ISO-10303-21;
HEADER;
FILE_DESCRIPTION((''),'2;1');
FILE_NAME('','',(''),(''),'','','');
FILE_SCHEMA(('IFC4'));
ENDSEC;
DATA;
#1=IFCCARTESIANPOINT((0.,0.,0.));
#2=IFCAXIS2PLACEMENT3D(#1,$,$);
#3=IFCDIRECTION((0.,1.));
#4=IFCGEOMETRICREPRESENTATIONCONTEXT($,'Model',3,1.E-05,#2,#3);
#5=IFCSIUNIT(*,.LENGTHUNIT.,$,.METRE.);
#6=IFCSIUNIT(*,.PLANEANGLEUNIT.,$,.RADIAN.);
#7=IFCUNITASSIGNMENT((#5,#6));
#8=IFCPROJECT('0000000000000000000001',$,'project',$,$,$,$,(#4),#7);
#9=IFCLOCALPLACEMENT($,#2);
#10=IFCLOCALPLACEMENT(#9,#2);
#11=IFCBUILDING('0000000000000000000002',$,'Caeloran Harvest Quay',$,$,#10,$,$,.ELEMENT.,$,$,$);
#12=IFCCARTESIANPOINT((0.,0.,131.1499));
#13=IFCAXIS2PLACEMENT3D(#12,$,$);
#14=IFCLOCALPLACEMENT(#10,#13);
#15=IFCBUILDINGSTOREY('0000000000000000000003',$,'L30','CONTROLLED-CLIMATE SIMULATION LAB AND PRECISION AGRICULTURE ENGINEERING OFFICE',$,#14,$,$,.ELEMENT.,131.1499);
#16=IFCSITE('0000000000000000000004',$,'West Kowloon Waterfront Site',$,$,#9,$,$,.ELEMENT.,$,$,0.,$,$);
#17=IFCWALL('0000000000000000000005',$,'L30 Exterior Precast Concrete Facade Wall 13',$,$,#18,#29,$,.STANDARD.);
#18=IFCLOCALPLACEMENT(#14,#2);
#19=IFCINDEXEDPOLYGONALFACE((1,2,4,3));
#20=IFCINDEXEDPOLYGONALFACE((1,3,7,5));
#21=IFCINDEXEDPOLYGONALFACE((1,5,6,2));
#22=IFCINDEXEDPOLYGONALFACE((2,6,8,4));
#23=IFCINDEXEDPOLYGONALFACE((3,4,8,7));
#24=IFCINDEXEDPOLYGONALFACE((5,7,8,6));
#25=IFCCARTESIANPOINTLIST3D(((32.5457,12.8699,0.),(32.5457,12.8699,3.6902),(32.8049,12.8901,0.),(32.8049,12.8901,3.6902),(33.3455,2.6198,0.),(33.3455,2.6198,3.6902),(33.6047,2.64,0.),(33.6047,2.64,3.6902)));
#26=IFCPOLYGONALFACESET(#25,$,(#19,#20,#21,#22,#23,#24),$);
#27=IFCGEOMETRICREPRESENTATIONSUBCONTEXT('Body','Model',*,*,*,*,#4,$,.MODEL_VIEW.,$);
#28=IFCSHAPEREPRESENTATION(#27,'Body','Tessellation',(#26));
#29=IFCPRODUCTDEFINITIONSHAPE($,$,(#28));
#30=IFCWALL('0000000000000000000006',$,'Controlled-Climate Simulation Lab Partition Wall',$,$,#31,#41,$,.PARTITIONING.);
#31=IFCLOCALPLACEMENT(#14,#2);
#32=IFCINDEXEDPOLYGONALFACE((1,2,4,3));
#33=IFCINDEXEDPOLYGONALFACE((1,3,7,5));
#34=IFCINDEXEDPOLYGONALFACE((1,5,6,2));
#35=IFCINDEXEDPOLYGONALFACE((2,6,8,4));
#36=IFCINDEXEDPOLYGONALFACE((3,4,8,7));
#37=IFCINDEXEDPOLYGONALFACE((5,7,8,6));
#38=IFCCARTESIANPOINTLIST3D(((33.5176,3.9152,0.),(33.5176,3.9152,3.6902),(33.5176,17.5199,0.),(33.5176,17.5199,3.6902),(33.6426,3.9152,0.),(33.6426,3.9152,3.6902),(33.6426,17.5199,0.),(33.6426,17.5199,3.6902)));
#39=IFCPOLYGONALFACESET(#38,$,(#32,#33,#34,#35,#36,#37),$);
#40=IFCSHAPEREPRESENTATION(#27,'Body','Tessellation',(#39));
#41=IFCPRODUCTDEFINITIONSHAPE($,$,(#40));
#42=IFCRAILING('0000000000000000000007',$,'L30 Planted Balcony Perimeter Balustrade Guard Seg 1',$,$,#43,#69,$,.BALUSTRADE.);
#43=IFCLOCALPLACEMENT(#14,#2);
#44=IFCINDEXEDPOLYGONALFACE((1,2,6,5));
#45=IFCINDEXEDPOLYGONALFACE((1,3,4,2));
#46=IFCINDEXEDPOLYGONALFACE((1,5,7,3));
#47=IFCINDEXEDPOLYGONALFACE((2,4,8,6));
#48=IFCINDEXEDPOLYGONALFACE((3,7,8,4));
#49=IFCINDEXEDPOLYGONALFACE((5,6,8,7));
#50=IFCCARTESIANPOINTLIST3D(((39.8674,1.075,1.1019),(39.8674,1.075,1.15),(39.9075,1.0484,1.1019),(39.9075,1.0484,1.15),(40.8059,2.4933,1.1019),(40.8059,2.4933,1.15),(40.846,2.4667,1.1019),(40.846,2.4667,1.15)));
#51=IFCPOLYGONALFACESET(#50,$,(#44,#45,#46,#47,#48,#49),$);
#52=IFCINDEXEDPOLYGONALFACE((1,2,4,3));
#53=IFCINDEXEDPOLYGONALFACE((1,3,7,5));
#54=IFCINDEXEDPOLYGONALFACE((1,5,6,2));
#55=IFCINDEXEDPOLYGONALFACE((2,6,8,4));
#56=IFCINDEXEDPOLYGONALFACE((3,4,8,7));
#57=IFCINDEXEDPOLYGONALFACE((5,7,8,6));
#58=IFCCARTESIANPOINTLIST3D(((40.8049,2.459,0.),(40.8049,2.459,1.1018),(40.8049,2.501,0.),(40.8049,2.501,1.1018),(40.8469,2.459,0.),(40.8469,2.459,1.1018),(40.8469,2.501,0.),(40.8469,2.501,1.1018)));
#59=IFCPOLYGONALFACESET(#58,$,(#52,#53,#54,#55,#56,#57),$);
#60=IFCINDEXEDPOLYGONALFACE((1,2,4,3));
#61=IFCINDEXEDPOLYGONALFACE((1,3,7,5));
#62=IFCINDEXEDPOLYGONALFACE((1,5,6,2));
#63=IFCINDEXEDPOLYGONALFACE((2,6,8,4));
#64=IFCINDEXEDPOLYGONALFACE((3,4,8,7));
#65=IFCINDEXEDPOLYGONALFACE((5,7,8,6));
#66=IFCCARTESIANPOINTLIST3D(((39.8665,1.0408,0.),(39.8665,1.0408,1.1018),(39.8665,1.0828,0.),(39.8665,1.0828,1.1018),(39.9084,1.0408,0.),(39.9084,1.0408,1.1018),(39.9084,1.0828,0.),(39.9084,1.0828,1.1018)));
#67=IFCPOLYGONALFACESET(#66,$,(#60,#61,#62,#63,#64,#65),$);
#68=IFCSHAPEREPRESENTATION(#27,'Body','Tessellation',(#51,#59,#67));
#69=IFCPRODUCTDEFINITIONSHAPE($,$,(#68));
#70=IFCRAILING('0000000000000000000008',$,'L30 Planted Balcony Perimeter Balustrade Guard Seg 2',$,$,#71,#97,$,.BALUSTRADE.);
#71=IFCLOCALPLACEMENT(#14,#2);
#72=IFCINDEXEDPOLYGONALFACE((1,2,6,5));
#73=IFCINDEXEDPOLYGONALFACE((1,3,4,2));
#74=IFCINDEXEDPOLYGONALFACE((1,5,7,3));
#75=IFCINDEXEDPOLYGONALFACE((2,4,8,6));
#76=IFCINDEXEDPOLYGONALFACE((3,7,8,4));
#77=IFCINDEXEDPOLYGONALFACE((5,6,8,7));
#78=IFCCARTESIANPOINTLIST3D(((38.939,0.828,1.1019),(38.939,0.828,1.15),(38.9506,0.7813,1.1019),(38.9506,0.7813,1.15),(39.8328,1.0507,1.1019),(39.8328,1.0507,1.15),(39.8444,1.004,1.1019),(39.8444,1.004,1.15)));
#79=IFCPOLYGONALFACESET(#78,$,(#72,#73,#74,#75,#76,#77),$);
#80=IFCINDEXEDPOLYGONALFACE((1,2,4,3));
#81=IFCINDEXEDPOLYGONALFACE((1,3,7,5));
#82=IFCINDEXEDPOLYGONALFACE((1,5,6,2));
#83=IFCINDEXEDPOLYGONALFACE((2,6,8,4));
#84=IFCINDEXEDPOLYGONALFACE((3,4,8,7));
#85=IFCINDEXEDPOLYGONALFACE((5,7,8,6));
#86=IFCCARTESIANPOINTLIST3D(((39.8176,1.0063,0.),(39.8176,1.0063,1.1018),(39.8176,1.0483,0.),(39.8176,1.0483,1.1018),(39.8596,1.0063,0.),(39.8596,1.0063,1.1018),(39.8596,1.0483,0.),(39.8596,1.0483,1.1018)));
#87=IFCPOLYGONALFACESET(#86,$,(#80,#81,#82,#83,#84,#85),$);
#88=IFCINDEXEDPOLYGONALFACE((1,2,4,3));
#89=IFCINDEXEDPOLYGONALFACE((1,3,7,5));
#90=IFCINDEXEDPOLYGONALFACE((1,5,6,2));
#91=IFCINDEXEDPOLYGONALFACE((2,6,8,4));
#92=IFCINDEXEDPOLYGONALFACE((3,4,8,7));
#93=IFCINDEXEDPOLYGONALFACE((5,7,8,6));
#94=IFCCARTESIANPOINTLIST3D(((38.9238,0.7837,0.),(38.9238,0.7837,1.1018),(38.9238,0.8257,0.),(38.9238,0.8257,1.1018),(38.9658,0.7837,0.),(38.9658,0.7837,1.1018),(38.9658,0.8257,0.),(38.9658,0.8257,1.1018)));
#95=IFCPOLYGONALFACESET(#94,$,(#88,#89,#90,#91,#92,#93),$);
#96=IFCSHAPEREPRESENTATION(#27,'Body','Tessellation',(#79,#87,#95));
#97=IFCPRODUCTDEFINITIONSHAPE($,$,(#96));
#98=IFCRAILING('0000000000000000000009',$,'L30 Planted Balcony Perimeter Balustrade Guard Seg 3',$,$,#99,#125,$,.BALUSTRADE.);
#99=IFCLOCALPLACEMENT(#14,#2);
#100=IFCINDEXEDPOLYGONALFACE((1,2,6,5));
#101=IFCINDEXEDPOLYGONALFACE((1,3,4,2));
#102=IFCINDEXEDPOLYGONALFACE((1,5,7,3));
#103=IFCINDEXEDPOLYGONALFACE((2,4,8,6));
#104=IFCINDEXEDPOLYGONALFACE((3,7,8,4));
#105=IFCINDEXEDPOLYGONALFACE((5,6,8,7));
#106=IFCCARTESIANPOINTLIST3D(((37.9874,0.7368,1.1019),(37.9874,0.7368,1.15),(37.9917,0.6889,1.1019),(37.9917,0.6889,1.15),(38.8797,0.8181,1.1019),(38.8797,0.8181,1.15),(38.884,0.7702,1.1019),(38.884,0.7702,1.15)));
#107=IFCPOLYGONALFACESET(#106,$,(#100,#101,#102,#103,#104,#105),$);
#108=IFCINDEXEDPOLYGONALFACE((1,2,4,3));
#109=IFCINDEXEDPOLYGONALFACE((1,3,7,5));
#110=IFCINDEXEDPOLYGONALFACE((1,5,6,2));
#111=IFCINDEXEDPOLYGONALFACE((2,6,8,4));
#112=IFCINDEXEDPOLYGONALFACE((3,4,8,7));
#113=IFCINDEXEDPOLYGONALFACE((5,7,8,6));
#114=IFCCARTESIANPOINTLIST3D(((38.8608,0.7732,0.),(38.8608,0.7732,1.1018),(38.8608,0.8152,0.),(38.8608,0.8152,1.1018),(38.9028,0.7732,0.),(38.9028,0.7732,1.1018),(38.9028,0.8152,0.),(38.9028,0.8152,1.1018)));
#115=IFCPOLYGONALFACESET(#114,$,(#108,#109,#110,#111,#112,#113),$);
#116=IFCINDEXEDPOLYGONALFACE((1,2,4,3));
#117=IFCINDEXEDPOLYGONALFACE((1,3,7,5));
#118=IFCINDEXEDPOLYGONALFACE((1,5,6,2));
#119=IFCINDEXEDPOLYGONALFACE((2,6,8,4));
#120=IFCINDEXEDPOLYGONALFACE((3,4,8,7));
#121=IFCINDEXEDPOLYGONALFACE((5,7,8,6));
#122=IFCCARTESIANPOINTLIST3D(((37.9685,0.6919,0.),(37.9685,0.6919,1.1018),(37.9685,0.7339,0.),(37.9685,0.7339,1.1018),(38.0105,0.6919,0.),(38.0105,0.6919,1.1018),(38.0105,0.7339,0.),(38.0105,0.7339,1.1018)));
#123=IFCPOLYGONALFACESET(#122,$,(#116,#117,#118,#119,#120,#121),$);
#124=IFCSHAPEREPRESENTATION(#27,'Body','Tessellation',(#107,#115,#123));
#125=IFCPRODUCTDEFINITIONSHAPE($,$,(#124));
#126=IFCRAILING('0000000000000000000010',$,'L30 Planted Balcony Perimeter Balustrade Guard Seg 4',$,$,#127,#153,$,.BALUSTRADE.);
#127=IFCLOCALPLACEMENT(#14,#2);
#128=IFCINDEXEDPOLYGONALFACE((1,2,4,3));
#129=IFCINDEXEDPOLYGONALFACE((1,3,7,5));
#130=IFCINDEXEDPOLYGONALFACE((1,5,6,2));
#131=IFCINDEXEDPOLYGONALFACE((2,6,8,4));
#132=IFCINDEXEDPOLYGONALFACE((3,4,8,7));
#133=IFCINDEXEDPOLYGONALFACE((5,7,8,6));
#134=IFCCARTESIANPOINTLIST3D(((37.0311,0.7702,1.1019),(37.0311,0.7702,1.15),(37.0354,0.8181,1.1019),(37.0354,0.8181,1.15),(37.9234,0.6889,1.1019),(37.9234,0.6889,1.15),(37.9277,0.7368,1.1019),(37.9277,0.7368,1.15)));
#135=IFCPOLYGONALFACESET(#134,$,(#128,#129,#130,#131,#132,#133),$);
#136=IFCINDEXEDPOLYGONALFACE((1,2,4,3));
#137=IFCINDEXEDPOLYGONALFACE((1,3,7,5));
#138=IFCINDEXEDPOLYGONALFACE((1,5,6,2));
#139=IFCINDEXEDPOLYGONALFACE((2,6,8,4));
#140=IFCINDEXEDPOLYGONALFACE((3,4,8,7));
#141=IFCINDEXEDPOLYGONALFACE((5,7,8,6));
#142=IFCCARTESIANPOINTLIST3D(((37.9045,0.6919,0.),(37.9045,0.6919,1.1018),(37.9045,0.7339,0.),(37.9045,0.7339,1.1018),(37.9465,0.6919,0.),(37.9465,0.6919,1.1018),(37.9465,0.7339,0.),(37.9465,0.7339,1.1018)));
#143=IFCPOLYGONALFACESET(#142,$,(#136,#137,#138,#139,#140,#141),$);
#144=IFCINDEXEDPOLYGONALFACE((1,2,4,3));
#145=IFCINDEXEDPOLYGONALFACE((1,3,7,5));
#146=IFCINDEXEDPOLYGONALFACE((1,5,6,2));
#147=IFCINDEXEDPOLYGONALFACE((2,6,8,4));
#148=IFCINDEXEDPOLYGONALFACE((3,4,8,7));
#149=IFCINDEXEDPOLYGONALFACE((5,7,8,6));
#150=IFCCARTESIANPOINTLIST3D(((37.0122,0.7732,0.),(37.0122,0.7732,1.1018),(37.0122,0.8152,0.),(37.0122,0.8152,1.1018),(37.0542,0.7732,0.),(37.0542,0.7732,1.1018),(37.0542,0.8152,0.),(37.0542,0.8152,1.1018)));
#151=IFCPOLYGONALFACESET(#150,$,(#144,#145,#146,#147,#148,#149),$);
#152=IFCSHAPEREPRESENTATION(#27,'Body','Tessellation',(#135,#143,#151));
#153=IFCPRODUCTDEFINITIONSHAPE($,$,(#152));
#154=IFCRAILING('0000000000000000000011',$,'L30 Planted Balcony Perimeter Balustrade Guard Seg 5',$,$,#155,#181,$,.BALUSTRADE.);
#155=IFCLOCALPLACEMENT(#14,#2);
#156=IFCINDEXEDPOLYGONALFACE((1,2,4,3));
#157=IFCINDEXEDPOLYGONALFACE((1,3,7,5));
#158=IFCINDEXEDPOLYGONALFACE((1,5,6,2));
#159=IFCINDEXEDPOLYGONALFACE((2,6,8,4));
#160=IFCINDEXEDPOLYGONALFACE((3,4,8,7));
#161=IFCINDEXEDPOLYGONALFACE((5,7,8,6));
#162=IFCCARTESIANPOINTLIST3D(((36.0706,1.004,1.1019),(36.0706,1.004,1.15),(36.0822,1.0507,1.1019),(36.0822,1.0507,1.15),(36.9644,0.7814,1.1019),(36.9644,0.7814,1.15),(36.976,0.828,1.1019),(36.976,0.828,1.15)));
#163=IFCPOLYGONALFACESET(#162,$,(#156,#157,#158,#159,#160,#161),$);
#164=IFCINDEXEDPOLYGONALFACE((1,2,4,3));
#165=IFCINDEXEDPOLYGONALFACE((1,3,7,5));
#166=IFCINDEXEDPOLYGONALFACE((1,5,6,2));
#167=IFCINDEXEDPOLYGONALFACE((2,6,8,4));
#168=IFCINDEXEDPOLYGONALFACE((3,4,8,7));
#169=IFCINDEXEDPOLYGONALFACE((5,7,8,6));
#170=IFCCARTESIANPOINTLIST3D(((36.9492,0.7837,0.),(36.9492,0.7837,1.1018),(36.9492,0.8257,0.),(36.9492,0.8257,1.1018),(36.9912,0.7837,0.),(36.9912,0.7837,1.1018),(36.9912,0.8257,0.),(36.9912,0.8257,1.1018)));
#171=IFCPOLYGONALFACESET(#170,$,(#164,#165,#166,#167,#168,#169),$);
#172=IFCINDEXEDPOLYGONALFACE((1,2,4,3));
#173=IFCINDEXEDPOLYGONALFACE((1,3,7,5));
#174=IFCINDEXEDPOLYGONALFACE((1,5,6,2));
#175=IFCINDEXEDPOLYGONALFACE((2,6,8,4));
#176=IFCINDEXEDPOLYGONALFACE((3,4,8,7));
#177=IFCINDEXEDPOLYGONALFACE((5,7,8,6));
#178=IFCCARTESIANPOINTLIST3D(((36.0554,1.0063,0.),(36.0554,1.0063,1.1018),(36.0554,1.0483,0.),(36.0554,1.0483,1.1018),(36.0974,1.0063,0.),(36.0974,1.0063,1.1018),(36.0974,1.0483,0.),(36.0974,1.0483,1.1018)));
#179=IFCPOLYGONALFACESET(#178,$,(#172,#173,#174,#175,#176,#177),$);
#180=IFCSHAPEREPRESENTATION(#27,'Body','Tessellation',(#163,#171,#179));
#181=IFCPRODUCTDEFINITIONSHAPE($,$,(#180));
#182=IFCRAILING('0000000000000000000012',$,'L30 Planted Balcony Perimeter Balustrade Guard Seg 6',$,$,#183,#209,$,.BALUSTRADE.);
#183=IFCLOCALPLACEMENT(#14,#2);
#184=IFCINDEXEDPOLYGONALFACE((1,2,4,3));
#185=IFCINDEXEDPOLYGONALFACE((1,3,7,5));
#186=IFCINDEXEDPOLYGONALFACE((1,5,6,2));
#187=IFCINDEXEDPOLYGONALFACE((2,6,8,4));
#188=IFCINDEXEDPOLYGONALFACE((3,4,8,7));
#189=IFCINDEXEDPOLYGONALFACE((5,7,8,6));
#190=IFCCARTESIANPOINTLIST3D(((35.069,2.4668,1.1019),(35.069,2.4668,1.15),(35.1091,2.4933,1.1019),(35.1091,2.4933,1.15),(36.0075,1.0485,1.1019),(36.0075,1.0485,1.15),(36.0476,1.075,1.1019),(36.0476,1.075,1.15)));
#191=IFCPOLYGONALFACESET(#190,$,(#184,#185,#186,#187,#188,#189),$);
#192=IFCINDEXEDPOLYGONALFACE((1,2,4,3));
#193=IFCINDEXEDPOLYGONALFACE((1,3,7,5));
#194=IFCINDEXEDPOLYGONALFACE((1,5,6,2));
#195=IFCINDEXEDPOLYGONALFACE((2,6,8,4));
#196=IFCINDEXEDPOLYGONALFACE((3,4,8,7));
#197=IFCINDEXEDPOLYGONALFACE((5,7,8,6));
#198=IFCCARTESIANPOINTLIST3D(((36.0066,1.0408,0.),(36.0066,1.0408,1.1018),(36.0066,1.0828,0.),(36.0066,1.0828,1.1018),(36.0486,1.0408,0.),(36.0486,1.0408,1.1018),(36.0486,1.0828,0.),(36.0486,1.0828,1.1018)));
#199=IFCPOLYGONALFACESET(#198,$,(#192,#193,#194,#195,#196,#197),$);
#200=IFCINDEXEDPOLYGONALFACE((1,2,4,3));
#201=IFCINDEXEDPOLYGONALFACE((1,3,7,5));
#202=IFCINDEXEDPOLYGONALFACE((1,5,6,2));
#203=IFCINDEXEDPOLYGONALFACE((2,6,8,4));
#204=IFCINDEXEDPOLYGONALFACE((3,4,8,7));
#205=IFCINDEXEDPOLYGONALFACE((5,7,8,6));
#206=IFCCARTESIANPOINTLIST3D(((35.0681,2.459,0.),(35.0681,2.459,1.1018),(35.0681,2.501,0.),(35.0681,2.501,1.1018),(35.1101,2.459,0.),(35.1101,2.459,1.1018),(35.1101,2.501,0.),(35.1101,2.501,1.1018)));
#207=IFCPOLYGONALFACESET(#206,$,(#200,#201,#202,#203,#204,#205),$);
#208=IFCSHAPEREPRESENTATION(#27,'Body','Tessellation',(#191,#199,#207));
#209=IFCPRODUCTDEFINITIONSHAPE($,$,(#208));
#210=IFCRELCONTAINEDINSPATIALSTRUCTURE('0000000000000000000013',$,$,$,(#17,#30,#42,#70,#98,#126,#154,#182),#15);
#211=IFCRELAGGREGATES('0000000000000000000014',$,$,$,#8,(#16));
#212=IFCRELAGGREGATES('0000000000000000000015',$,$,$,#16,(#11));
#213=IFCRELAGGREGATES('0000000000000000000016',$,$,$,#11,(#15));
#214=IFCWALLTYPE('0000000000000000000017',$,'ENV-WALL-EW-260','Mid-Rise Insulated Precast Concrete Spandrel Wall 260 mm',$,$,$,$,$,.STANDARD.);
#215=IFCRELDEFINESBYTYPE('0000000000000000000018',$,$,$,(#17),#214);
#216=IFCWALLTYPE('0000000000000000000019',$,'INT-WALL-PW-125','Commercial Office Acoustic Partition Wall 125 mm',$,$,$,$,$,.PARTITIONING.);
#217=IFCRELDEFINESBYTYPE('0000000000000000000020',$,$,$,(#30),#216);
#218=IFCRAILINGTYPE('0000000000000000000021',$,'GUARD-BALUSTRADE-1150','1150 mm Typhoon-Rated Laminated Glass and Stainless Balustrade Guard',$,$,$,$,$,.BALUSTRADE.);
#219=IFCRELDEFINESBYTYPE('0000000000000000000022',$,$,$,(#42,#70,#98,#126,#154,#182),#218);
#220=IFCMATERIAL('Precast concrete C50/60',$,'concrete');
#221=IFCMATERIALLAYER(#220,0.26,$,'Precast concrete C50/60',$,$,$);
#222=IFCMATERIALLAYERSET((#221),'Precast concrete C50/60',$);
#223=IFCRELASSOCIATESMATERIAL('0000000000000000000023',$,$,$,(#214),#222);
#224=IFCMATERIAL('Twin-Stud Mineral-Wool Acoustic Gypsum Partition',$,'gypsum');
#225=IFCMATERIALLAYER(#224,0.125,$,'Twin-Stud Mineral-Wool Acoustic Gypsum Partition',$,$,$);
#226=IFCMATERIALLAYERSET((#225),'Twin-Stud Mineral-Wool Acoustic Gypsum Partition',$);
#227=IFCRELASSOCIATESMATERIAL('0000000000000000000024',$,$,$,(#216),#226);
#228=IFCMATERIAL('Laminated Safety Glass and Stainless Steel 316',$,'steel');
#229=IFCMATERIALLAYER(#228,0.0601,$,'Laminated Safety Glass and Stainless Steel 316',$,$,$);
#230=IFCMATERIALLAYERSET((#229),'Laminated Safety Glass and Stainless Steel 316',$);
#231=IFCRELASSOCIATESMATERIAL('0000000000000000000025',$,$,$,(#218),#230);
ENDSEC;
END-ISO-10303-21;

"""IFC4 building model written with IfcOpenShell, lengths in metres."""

from ifc_helpers import new_model, si_unit, direction, frame, frame_2d, origin, origin_2d, place, context, subcontext, project, spatial, rectangle, extrude, material, layer, layer_set, type_object, element, save


model = new_model("IFC4")

# Units and contexts
model_context = context("Model", 3, precision=1e-05, world=origin(), true_north=direction((0.0, 1.0)))
body_context = subcontext(model_context, "Body", "Model", "MODEL_VIEW")
ifc_project = project(units=[si_unit("LENGTHUNIT", "METRE"), si_unit("PLANEANGLEUNIT", "RADIAN")], contexts=[model_context])

# Site, building, storey
site_placement = place(None, origin())
site = spatial("IfcSite", under=ifc_project, at=site_placement, Name="West Kowloon Waterfront Site", CompositionType="ELEMENT", RefElevation=0.0)
building_placement = place(site_placement, origin())
building = spatial("IfcBuilding", under=site, at=building_placement, Name="Caeloran Harvest Quay", CompositionType="ELEMENT")
storey_placement = place(building_placement, frame((0.0, 0.0, 131.1499)))
storey = spatial("IfcBuildingStorey", under=building, at=storey_placement, Name="L30", Description="CONTROLLED-CLIMATE SIMULATION LAB AND PRECISION AGRICULTURE ENGINEERING OFFICE", CompositionType="ELEMENT", Elevation=131.1499)

# Shared definitions
ifc_material_1 = material(Name="Precast concrete C50/60", Category="concrete")

# Shared definitions
ifc_layer_1 = layer(ifc_material_1, 0.26, Name="Precast concrete C50/60")
ifc_layer_set_1 = layer_set([ifc_layer_1], Name="Precast concrete C50/60")
wall_type_1 = type_object("IfcWallType", Name="ENV-WALL-EW-260", Description="Mid-Rise Insulated Precast Concrete Spandrel Wall 260 mm", PredefinedType="STANDARD", material=ifc_layer_set_1)

# Walls
wall_1_placement = place(storey_placement, frame((33.4751, 2.6299, 0.0), z_axis=(0.0, 0.0, 1.0), x_axis=(-0.077793, 0.99697, 0.0)))
element("IfcWall", 1, at=wall_1_placement, inside=storey, type_object=wall_type_1, Name="L30 Exterior Precast Concrete Facade Wall 13", PredefinedType="STANDARD", context=body_context, shape_type="SweptSolid", body=[
    extrude(rectangle(XDim=10.2812, YDim=0.26, at=frame_2d((5.1406, 0.0))), origin(), (0.0, 0.0, 1.0), 3.6902),
])
ifc_material_2 = material(Name="Twin-Stud Mineral-Wool Acoustic Gypsum Partition", Category="gypsum")
ifc_layer_2 = layer(ifc_material_2, 0.125, Name="Twin-Stud Mineral-Wool Acoustic Gypsum Partition")
ifc_layer_set_2 = layer_set([ifc_layer_2], Name="Twin-Stud Mineral-Wool Acoustic Gypsum Partition")
wall_type_2 = type_object("IfcWallType", Name="INT-WALL-PW-125", Description="Commercial Office Acoustic Partition Wall 125 mm", PredefinedType="PARTITIONING", material=ifc_layer_set_2)
wall_2_placement = place(storey_placement, frame((33.5801, 3.9153, 0.0), z_axis=(0.0, 0.0, 1.0), x_axis=(0.0, 1.0, 0.0)))
element("IfcWall", 2, at=wall_2_placement, inside=storey, type_object=wall_type_2, Name="Controlled-Climate Simulation Lab Partition Wall", PredefinedType="PARTITIONING", context=body_context, shape_type="SweptSolid", body=[
    extrude(rectangle(XDim=13.6047, YDim=0.125, at=frame_2d((6.8022, 0.0))), origin(), (0.0, 0.0, 1.0), 3.6902),
])

# Railings
ifc_material_3 = material(Name="Laminated Safety Glass and Stainless Steel 316", Category="steel")
ifc_layer_3 = layer(ifc_material_3, 0.0601, Name="Laminated Safety Glass and Stainless Steel 316")
ifc_layer_set_3 = layer_set([ifc_layer_3], Name="Laminated Safety Glass and Stainless Steel 316")
railing_type = type_object("IfcRailingType", Name="GUARD-BALUSTRADE-1150", Description="1150 mm Typhoon-Rated Laminated Glass and Stainless Balustrade Guard", PredefinedType="BALUSTRADE", material=ifc_layer_set_3)
railing_1_placement = place(storey_placement, frame((40.8259, 2.48, 0.0)))
element("IfcRailing", 3, at=railing_1_placement, inside=storey, type_object=railing_type, Name="L30 Planted Balcony Perimeter Balustrade Guard Seg 1", PredefinedType="BALUSTRADE", context=body_context, shape_type="SweptSolid", body=[
    extrude(rectangle(XDim=0.0481, YDim=0.0481, at=origin_2d()), frame((0.0, 0.0, 1.126), z_axis=(-0.551848, -0.833945, 0.0), x_axis=(0.833945, -0.551848, 0.0)), (0.0, 0.0, 1.0), 1.7007),
    extrude(rectangle(XDim=0.042, YDim=0.042, at=origin_2d()), origin(), (0.0, 0.0, 1.0), 1.1018),
    extrude(rectangle(XDim=0.042, YDim=0.042, at=origin_2d()), frame((-0.9385, -1.4182, 0.0)), (0.0, 0.0, 1.0), 1.1018),
])
railing_2_placement = place(storey_placement, frame((39.8386, 1.0273, 0.0)))
element("IfcRailing", 4, at=railing_2_placement, inside=storey, type_object=railing_type, Name="L30 Planted Balcony Perimeter Balustrade Guard Seg 2", PredefinedType="BALUSTRADE", context=body_context, shape_type="SweptSolid", body=[
    extrude(rectangle(XDim=0.0481, YDim=0.0481, at=origin_2d()), frame((0.0, 0.0, 1.126), z_axis=(-0.970345, -0.241725, 0.0), x_axis=(0.241725, -0.970345, 0.0)), (0.0, 0.0, 1.0), 0.9211),
    extrude(rectangle(XDim=0.042, YDim=0.042, at=origin_2d()), origin(), (0.0, 0.0, 1.0), 1.1018),
    extrude(rectangle(XDim=0.042, YDim=0.042, at=origin_2d()), frame((-0.8938, -0.2227, 0.0)), (0.0, 0.0, 1.0), 1.1018),
])
railing_3_placement = place(storey_placement, frame((38.8818, 0.7942, 0.0)))
element("IfcRailing", 5, at=railing_3_placement, inside=storey, type_object=railing_type, Name="L30 Planted Balcony Perimeter Balustrade Guard Seg 3", PredefinedType="BALUSTRADE", context=body_context, shape_type="SweptSolid", body=[
    extrude(rectangle(XDim=0.0481, YDim=0.0481, at=origin_2d()), frame((0.0, 0.0, 1.126), z_axis=(-0.995875, -0.090732, 0.0), x_axis=(0.090732, -0.995875, 0.0)), (0.0, 0.0, 1.0), 0.896),
    extrude(rectangle(XDim=0.042, YDim=0.042, at=origin_2d()), origin(), (0.0, 0.0, 1.0), 1.1018),
    extrude(rectangle(XDim=0.042, YDim=0.042, at=origin_2d()), frame((-0.8923, -0.0813, 0.0)), (0.0, 0.0, 1.0), 1.1018),
])
railing_4_placement = place(storey_placement, frame((37.9255, 0.7129, 0.0)))
element("IfcRailing", 6, at=railing_4_placement, inside=storey, type_object=railing_type, Name="L30 Planted Balcony Perimeter Balustrade Guard Seg 4", PredefinedType="BALUSTRADE", context=body_context, shape_type="SweptSolid", body=[
    extrude(rectangle(XDim=0.0481, YDim=0.0481, at=origin_2d()), frame((0.0, 0.0, 1.126), z_axis=(-0.995875, 0.090732, 0.0), x_axis=(-0.090732, -0.995875, 0.0)), (0.0, 0.0, 1.0), 0.896),
    extrude(rectangle(XDim=0.042, YDim=0.042, at=origin_2d()), origin(), (0.0, 0.0, 1.0), 1.1018),
    extrude(rectangle(XDim=0.042, YDim=0.042, at=origin_2d()), frame((-0.8923, 0.0813, 0.0)), (0.0, 0.0, 1.0), 1.1018),
])
railing_5_placement = place(storey_placement, frame((36.9702, 0.8047, 0.0)))
element("IfcRailing", 7, at=railing_5_placement, inside=storey, type_object=railing_type, Name="L30 Planted Balcony Perimeter Balustrade Guard Seg 5", PredefinedType="BALUSTRADE", context=body_context, shape_type="SweptSolid", body=[
    extrude(rectangle(XDim=0.0481, YDim=0.0481, at=origin_2d()), frame((0.0, 0.0, 1.126), z_axis=(-0.970345, 0.241725, 0.0), x_axis=(-0.241725, -0.970345, 0.0)), (0.0, 0.0, 1.0), 0.9211),
    extrude(rectangle(XDim=0.042, YDim=0.042, at=origin_2d()), origin(), (0.0, 0.0, 1.0), 1.1018),
    extrude(rectangle(XDim=0.042, YDim=0.042, at=origin_2d()), frame((-0.8938, 0.2227, 0.0)), (0.0, 0.0, 1.0), 1.1018),
])
railing_6_placement = place(storey_placement, frame((36.0276, 1.0618, 0.0)))
element("IfcRailing", 8, at=railing_6_placement, inside=storey, type_object=railing_type, Name="L30 Planted Balcony Perimeter Balustrade Guard Seg 6", PredefinedType="BALUSTRADE", context=body_context, shape_type="SweptSolid", body=[
    extrude(rectangle(XDim=0.0481, YDim=0.0481, at=origin_2d()), frame((0.0, 0.0, 1.126), z_axis=(-0.551848, 0.833945, 0.0), x_axis=(-0.833945, -0.551848, 0.0)), (0.0, 0.0, 1.0), 1.7007),
    extrude(rectangle(XDim=0.042, YDim=0.042, at=origin_2d()), origin(), (0.0, 0.0, 1.0), 1.1018),
    extrude(rectangle(XDim=0.042, YDim=0.042, at=origin_2d()), frame((-0.9385, 1.4182, 0.0)), (0.0, 0.0, 1.0), 1.1018),
])

save(model, "model.ifc")
